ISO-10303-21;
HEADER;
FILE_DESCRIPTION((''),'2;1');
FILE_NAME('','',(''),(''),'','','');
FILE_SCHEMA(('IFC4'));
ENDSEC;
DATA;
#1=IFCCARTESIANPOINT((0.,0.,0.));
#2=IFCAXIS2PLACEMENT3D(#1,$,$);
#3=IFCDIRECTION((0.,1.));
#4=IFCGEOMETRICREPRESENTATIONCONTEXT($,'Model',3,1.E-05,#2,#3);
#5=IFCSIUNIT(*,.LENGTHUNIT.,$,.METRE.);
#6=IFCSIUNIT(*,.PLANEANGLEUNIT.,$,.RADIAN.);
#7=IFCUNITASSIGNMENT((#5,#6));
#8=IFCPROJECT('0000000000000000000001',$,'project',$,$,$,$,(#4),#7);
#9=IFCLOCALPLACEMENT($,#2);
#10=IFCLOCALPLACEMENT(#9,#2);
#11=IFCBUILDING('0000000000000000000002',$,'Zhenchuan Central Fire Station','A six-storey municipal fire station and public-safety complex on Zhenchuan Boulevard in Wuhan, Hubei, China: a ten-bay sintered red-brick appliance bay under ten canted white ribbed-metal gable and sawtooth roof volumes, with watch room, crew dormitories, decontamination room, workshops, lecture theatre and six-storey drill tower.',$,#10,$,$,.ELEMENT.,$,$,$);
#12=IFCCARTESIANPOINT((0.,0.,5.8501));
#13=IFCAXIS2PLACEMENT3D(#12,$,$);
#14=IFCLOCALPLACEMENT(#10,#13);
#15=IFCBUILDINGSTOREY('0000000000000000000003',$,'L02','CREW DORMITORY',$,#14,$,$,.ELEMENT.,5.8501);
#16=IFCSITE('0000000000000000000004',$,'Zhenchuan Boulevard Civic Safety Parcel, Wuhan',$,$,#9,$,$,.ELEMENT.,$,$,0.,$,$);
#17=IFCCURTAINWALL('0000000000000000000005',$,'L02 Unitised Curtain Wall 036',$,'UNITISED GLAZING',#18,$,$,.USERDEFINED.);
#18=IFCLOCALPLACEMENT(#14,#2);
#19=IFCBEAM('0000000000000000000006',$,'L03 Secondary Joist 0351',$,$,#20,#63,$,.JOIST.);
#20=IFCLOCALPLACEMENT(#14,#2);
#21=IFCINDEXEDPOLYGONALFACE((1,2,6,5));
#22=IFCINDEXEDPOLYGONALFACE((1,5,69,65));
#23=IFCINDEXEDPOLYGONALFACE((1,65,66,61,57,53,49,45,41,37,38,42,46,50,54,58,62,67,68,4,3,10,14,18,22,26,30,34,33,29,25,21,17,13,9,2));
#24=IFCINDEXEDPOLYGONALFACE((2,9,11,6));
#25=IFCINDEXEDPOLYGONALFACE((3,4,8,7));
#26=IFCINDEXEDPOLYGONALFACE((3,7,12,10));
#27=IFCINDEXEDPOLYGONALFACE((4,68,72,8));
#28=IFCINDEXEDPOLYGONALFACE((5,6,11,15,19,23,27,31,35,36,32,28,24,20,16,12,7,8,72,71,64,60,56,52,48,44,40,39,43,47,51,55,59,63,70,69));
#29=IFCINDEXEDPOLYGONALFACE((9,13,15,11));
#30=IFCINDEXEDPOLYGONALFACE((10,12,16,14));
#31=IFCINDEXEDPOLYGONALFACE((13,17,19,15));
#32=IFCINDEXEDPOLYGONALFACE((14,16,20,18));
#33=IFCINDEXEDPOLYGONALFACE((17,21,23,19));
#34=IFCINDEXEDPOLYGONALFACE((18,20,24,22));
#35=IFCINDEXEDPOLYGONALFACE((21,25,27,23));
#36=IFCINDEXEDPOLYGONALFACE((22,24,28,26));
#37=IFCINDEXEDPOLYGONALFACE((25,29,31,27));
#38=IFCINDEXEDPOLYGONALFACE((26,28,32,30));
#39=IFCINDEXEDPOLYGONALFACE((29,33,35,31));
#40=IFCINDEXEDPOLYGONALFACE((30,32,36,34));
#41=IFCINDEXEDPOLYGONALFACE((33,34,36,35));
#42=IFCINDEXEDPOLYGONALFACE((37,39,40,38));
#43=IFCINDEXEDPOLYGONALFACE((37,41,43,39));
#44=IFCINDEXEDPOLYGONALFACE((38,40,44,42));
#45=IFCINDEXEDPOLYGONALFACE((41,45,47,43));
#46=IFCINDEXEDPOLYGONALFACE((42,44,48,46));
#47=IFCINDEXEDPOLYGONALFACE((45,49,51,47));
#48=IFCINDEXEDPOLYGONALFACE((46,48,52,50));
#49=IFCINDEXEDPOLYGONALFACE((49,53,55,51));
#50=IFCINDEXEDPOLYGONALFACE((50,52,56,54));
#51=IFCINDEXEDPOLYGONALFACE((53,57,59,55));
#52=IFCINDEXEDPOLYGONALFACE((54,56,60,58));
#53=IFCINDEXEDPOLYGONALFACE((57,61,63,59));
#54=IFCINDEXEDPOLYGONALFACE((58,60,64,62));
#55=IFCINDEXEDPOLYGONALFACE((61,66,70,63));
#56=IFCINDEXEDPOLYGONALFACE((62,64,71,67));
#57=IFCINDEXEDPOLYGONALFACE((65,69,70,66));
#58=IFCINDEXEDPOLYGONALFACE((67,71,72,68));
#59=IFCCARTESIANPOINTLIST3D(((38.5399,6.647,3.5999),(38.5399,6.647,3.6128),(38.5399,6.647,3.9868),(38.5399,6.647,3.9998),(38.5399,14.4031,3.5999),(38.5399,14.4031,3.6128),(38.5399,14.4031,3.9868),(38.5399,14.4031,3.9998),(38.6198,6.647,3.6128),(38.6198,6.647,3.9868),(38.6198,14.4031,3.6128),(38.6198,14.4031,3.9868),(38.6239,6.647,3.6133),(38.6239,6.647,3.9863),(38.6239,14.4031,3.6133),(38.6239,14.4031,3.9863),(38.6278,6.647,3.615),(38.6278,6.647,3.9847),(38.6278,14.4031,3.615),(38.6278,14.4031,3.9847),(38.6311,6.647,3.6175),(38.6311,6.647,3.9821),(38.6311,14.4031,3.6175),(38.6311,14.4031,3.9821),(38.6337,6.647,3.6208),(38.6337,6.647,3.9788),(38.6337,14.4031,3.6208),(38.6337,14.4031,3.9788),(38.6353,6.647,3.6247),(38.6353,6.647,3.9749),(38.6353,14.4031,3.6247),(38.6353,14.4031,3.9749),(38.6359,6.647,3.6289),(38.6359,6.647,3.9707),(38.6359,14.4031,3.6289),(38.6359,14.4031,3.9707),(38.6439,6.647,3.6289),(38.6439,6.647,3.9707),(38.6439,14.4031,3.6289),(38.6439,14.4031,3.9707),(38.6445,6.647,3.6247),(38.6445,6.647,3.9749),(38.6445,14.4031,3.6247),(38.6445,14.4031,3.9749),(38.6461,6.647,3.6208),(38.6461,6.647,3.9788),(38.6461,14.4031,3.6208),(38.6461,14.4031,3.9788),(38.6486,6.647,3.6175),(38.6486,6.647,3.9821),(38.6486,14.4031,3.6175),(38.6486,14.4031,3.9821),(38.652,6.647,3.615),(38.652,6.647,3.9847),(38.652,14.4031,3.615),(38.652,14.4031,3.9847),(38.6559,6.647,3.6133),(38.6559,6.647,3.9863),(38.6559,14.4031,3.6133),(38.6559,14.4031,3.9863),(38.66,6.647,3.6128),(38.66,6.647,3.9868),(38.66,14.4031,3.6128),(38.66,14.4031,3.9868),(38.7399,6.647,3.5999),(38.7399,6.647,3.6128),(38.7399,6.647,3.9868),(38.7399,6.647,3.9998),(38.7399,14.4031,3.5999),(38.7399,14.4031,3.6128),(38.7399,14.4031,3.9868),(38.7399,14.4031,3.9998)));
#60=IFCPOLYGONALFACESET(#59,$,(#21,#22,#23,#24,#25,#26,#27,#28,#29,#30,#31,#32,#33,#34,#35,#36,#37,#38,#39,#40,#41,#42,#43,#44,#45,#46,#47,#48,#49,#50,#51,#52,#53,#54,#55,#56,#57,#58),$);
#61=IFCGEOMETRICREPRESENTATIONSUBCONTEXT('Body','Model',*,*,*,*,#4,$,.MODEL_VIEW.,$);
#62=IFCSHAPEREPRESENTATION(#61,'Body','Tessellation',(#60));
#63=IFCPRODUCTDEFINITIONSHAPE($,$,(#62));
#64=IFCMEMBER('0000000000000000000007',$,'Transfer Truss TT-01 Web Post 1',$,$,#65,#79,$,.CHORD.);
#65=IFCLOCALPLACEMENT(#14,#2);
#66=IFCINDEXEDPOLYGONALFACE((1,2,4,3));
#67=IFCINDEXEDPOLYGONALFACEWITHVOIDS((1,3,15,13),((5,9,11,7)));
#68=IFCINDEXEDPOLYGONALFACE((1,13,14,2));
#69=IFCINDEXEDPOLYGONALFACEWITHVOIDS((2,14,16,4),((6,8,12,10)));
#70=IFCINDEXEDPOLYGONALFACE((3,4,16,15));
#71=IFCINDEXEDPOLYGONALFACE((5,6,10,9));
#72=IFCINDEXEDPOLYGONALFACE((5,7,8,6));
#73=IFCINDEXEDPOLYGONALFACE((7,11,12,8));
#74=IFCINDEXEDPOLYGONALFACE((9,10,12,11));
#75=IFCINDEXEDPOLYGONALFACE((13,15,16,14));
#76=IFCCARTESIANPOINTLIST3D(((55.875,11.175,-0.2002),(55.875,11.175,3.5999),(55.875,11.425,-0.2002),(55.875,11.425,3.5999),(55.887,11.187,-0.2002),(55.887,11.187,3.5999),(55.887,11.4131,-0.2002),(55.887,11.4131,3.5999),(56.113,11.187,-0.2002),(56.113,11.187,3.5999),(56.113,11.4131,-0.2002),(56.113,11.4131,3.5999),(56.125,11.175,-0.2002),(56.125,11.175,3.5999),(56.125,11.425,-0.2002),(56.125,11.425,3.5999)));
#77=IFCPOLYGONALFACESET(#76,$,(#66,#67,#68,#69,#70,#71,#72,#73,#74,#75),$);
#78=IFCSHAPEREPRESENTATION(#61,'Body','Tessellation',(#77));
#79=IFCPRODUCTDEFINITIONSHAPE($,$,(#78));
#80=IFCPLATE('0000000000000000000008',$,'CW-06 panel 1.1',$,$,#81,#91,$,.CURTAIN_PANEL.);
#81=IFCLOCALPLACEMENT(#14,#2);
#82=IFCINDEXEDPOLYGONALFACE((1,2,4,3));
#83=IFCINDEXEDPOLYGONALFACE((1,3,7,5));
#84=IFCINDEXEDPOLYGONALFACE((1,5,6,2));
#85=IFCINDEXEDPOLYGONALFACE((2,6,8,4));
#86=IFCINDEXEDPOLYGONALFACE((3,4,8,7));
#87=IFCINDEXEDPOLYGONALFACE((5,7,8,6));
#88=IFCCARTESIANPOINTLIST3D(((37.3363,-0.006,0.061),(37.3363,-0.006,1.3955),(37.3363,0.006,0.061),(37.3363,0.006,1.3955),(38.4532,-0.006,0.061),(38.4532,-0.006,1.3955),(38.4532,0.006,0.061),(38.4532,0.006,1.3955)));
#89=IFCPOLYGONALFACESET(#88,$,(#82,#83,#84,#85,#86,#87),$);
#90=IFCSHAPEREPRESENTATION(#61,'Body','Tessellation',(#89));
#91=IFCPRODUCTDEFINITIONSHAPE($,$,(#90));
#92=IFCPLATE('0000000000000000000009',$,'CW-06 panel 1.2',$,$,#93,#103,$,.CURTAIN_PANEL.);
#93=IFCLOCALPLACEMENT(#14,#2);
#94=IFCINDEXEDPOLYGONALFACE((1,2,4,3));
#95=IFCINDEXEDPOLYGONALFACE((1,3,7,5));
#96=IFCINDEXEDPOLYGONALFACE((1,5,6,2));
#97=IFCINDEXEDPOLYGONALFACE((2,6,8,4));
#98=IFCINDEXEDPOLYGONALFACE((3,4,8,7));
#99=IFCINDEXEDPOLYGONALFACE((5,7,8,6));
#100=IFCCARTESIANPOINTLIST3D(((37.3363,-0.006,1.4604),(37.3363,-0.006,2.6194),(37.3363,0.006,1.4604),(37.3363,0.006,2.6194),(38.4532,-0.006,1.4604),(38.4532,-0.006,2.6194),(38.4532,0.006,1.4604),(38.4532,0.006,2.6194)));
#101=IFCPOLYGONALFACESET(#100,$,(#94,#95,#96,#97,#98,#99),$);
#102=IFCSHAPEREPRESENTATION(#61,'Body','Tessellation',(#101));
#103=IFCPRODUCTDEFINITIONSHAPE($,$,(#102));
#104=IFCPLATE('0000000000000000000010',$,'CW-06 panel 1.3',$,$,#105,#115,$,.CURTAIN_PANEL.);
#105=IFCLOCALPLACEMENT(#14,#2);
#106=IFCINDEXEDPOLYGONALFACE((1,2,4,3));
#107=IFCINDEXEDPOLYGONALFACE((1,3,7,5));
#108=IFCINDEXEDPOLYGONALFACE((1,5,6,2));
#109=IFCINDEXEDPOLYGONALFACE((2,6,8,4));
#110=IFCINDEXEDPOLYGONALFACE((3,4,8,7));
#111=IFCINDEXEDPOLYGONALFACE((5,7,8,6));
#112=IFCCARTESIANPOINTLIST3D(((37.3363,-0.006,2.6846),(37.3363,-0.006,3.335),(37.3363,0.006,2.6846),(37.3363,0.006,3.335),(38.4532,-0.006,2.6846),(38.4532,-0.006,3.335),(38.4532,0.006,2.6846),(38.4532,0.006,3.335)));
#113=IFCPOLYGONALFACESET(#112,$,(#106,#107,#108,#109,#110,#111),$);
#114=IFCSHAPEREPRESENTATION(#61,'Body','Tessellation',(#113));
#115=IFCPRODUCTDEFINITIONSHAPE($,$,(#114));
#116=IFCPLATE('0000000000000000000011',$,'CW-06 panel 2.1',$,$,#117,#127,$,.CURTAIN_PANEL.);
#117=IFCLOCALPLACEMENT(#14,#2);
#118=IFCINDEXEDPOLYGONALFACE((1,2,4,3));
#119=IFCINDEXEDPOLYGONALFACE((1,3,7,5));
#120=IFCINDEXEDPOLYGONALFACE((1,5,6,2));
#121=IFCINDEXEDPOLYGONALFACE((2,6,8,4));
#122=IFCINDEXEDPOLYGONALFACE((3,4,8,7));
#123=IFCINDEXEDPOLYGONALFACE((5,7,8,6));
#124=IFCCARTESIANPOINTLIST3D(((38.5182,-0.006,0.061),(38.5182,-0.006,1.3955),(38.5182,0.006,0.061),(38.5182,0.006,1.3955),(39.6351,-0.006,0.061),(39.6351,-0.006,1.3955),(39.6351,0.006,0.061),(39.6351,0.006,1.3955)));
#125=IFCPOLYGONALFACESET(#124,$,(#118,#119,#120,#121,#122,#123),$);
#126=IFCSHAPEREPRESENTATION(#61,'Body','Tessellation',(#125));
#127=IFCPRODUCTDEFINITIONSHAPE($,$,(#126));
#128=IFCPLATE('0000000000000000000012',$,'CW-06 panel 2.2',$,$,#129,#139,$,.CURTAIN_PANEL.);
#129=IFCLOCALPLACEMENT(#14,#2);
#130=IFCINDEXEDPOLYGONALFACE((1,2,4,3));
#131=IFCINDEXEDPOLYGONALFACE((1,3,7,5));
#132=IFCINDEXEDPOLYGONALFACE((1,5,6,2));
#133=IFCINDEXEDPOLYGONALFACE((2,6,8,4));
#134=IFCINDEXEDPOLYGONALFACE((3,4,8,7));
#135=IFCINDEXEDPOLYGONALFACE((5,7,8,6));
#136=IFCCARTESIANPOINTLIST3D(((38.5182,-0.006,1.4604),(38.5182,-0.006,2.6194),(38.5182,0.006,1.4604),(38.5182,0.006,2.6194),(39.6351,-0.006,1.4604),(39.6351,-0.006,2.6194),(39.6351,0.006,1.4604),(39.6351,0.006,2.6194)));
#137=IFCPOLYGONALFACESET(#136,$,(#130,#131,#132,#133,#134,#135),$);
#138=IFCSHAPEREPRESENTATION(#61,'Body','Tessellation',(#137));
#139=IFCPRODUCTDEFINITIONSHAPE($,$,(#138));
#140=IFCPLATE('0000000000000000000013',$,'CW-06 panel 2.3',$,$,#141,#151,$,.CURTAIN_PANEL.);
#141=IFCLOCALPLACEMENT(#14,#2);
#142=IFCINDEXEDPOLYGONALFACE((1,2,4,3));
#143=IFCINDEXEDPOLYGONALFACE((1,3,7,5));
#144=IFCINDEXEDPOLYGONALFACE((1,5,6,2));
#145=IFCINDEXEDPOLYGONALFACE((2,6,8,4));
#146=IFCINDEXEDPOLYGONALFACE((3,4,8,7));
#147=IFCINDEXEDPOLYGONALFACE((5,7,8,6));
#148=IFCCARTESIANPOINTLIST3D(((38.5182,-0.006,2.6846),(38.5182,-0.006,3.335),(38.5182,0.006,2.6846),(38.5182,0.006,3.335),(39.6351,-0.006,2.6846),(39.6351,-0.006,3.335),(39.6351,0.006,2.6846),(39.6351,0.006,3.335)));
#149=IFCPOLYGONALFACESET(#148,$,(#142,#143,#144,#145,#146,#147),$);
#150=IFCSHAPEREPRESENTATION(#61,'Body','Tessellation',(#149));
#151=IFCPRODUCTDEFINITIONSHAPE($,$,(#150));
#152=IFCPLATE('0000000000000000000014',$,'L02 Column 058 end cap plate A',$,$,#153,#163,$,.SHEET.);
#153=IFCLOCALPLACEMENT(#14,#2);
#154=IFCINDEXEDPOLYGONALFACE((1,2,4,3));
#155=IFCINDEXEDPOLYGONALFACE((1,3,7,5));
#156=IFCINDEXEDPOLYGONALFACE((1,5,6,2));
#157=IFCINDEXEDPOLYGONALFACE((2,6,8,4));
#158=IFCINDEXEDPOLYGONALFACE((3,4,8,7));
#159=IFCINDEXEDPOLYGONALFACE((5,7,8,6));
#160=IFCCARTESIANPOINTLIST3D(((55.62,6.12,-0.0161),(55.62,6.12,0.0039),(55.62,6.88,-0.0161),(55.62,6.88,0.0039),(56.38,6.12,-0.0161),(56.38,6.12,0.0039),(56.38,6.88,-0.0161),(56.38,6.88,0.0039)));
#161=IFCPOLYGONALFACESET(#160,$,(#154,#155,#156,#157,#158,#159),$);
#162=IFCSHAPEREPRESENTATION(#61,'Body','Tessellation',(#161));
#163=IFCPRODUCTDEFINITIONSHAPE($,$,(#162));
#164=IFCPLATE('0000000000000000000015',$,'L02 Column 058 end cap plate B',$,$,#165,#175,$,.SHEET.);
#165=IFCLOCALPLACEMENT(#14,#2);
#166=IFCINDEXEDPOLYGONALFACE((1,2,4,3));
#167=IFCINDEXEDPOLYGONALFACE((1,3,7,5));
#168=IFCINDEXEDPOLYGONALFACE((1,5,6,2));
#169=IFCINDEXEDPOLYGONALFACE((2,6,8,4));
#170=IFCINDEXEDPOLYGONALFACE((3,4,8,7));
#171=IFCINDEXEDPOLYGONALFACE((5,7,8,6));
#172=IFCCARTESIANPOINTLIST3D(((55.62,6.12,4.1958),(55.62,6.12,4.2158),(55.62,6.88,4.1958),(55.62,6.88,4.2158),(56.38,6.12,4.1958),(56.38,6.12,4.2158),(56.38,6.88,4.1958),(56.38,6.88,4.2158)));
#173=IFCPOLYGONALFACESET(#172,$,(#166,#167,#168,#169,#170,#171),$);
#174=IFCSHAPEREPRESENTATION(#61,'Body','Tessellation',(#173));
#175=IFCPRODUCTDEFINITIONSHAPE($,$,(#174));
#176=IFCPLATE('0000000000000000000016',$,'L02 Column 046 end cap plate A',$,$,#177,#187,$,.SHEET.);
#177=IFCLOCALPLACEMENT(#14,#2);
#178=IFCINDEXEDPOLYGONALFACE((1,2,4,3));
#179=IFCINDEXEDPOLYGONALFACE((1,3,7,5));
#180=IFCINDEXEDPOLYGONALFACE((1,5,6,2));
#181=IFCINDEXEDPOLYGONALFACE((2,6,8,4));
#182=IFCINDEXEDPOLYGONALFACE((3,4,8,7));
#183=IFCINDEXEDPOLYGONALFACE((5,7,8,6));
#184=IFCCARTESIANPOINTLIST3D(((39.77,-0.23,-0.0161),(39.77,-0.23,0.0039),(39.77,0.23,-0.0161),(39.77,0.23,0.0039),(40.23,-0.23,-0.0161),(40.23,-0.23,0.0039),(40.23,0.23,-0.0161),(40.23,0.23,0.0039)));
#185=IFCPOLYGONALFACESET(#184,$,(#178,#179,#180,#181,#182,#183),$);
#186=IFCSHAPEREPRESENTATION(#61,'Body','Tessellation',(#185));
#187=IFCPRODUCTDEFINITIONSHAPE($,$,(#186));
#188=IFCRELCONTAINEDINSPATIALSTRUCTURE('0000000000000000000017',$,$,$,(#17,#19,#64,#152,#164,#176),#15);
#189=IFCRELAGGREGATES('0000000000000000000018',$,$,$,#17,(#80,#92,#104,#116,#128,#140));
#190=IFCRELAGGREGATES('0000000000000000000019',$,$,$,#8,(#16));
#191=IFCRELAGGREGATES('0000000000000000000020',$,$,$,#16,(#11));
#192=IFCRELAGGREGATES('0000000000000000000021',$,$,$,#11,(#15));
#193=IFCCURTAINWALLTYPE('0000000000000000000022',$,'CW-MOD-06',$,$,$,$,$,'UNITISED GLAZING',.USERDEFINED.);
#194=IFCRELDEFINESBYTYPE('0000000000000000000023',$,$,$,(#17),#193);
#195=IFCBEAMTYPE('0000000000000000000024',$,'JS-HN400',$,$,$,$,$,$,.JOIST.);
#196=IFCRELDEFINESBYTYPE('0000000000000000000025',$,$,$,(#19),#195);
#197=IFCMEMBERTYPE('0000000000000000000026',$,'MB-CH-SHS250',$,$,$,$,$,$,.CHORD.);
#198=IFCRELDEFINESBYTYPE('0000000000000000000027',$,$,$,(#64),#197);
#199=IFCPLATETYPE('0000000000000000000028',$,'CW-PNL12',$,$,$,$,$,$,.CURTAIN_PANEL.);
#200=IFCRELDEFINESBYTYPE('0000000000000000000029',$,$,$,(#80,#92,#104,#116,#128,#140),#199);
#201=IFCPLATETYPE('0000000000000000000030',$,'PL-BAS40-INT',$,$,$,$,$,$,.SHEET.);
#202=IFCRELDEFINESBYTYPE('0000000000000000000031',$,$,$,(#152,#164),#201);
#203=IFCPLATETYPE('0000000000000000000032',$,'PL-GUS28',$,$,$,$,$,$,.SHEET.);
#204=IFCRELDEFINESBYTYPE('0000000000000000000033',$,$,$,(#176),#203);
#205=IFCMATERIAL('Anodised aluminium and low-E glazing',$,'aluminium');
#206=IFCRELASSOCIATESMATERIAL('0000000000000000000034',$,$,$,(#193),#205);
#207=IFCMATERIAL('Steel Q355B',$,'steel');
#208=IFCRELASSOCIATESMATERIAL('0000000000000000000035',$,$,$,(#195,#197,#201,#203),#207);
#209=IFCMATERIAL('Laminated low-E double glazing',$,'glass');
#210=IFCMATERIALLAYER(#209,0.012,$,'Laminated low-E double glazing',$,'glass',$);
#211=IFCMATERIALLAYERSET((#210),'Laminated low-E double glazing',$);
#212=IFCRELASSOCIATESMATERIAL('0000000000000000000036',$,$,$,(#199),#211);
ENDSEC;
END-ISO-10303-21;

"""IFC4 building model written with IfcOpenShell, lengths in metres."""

from ifc_helpers import new_model, si_unit, direction, frame, origin, origin_2d, place, context, subcontext, project, spatial, rectangle, hollow_rectangle, i_section, extrude, material, layer, layer_set, material_profile, profile_set, type_object, element, aggregate, save


model = new_model("IFC4")

# Units and contexts
model_context = context("Model", 3, precision=1e-05, world=origin(), true_north=direction((0.0, 1.0)))
body_context = subcontext(model_context, "Body", "Model", "MODEL_VIEW")
ifc_project = project(units=[si_unit("LENGTHUNIT", "METRE"), si_unit("PLANEANGLEUNIT", "RADIAN")], contexts=[model_context])

# Site, building, storey
site_placement = place(None, origin())
site = spatial("IfcSite", under=ifc_project, at=site_placement, Name="Zhenchuan Boulevard Civic Safety Parcel, Wuhan", CompositionType="ELEMENT", RefElevation=0.0)
building_placement = place(site_placement, origin())
building = spatial("IfcBuilding", under=site, at=building_placement, Name="Zhenchuan Central Fire Station", Description="A six-storey municipal fire station and public-safety complex on Zhenchuan Boulevard in Wuhan, Hubei, China: a ten-bay sintered red-brick appliance bay under ten canted white ribbed-metal gable and sawtooth roof volumes, with watch room, crew dormitories, decontamination room, workshops, lecture theatre and six-storey drill tower.", CompositionType="ELEMENT")
storey_placement = place(building_placement, frame((0.0, 0.0, 5.8501)))
storey = spatial("IfcBuildingStorey", under=building, at=storey_placement, Name="L02", Description="CREW DORMITORY", CompositionType="ELEMENT", Elevation=5.8501)

# Shared definitions
ifc_material_1 = material(Name="Steel Q355B", Category="steel")

# Curtain wall
ifc_material_2 = material(Name="Anodised aluminium and low-E glazing", Category="aluminium")
curtain_wall_type = type_object("IfcCurtainWallType", Name="CW-MOD-06", ElementType="UNITISED GLAZING", PredefinedType="USERDEFINED", material=ifc_material_2)
curtain_wall_placement = place(storey_placement, origin())
curtain_wall = element("IfcCurtainWall", 1, at=curtain_wall_placement, inside=storey, type_object=curtain_wall_type, Name="L02 Unitised Curtain Wall 036", ObjectType="UNITISED GLAZING", PredefinedType="USERDEFINED")

# Beam
ifc_material_profile_1 = material_profile(ifc_material_1, i_section(OverallWidth=0.2, OverallDepth=0.3999, WebThickness=0.0081, FlangeThickness=0.0129, FilletRadius=0.0161, at=origin_2d()), Name="HN 400x200")
ifc_profile_set_1 = profile_set([ifc_material_profile_1], Name="Steel Q355B")
beam_type_1 = type_object("IfcBeamType", Name="JS-HN400", PredefinedType="JOIST", material=ifc_profile_set_1)
beam_1_placement = place(storey_placement, frame((38.6399, 6.647, 3.7998), z_axis=(0.0, 1.0, 0.0), x_axis=(-1.0, 0.0, 0.0)))
element("IfcBeam", 2, at=beam_1_placement, inside=storey, type_object=beam_type_1, Name="L03 Secondary Joist 0351", PredefinedType="JOIST", context=body_context, shape_type="SweptSolid", body=[
    extrude(i_section(OverallWidth=0.2, OverallDepth=0.3999, WebThickness=0.0081, FlangeThickness=0.0129, FilletRadius=0.0161, at=origin_2d()), origin(), (0.0, 0.0, 1.0), 7.7561),
])

# Member
ifc_material_profile_2 = material_profile(ifc_material_1, hollow_rectangle(XDim=0.25, YDim=0.25, WallThickness=0.012, at=origin_2d()), Name="SHS 250x250x12")
ifc_profile_set_2 = profile_set([ifc_material_profile_2], Name="Steel Q355B")
member_type_1 = type_object("IfcMemberType", Name="MB-CH-SHS250", PredefinedType="CHORD", material=ifc_profile_set_2)
member_1_placement = place(storey_placement, frame((56.0, 11.3, -0.2002), z_axis=(0.0, 0.0, 1.0), x_axis=(1.0, 0.0, 0.0)))
element("IfcMember", 3, at=member_1_placement, inside=storey, type_object=member_type_1, Name="Transfer Truss TT-01 Web Post 1", PredefinedType="CHORD", context=body_context, shape_type="SweptSolid", body=[
    extrude(hollow_rectangle(XDim=0.25, YDim=0.25, WallThickness=0.012, at=origin_2d()), origin(), (0.0, 0.0, 1.0), 3.8),
])

# Plates
ifc_material_3 = material(Name="Laminated low-E double glazing", Category="glass")
ifc_layer_1 = layer(ifc_material_3, 0.012, Name="Laminated low-E double glazing", Category="glass")
ifc_layer_set_1 = layer_set([ifc_layer_1], Name="Laminated low-E double glazing")
plate_type_1 = type_object("IfcPlateType", Name="CW-PNL12", PredefinedType="CURTAIN_PANEL", material=ifc_layer_set_1)
plate_1_placement = place(storey_placement, frame((37.8948, 0.0, 0.061), z_axis=(0.0, 0.0, 1.0), x_axis=(1.0, 0.0, 0.0)))
plate_1 = element("IfcPlate", 4, at=plate_1_placement, type_object=plate_type_1, Name="CW-06 panel 1.1", PredefinedType="CURTAIN_PANEL", context=body_context, shape_type="SweptSolid", body=[
    extrude(rectangle(XDim=1.1169, YDim=0.012, at=origin_2d()), origin(), (0.0, 0.0, 1.0), 1.3345),
])
plate_2_placement = place(storey_placement, frame((37.8948, 0.0, 1.4604), z_axis=(0.0, 0.0, 1.0), x_axis=(1.0, 0.0, 0.0)))
plate_2 = element("IfcPlate", 5, at=plate_2_placement, type_object=plate_type_1, Name="CW-06 panel 1.2", PredefinedType="CURTAIN_PANEL", context=body_context, shape_type="SweptSolid", body=[
    extrude(rectangle(XDim=1.1169, YDim=0.012, at=origin_2d()), origin(), (0.0, 0.0, 1.0), 1.1589),
])
plate_3_placement = place(storey_placement, frame((37.8948, 0.0, 2.6846), z_axis=(0.0, 0.0, 1.0), x_axis=(1.0, 0.0, 0.0)))
plate_3 = element("IfcPlate", 6, at=plate_3_placement, type_object=plate_type_1, Name="CW-06 panel 1.3", PredefinedType="CURTAIN_PANEL", context=body_context, shape_type="SweptSolid", body=[
    extrude(rectangle(XDim=1.1169, YDim=0.012, at=origin_2d()), origin(), (0.0, 0.0, 1.0), 0.6504),
])
plate_4_placement = place(storey_placement, frame((39.0767, 0.0, 0.061), z_axis=(0.0, 0.0, 1.0), x_axis=(1.0, 0.0, 0.0)))
plate_4 = element("IfcPlate", 7, at=plate_4_placement, type_object=plate_type_1, Name="CW-06 panel 2.1", PredefinedType="CURTAIN_PANEL", context=body_context, shape_type="SweptSolid", body=[
    extrude(rectangle(XDim=1.1169, YDim=0.012, at=origin_2d()), origin(), (0.0, 0.0, 1.0), 1.3345),
])
plate_5_placement = place(storey_placement, frame((39.0767, 0.0, 1.4604), z_axis=(0.0, 0.0, 1.0), x_axis=(1.0, 0.0, 0.0)))
plate_5 = element("IfcPlate", 8, at=plate_5_placement, type_object=plate_type_1, Name="CW-06 panel 2.2", PredefinedType="CURTAIN_PANEL", context=body_context, shape_type="SweptSolid", body=[
    extrude(rectangle(XDim=1.1169, YDim=0.012, at=origin_2d()), origin(), (0.0, 0.0, 1.0), 1.1589),
])
plate_6_placement = place(storey_placement, frame((39.0767, 0.0, 2.6846), z_axis=(0.0, 0.0, 1.0), x_axis=(1.0, 0.0, 0.0)))
plate_6 = element("IfcPlate", 9, at=plate_6_placement, type_object=plate_type_1, Name="CW-06 panel 2.3", PredefinedType="CURTAIN_PANEL", context=body_context, shape_type="SweptSolid", body=[
    extrude(rectangle(XDim=1.1169, YDim=0.012, at=origin_2d()), origin(), (0.0, 0.0, 1.0), 0.6504),
])
aggregate(curtain_wall, [plate_1, plate_2, plate_3, plate_4, plate_5, plate_6])

# Plates
ifc_material_profile_3 = material_profile(ifc_material_1, rectangle(XDim=0.76, YDim=0.76, at=origin_2d()), Name="PL 760x760x40")
ifc_profile_set_3 = profile_set([ifc_material_profile_3], Name="Steel Q355B")
plate_type_2 = type_object("IfcPlateType", Name="PL-BAS40-INT", PredefinedType="SHEET", material=ifc_profile_set_3)
for number, where, z_axis, x_axis, name in (
    (10, (56.0, 6.5, -0.0161), (0.0, 0.0, 1.0), (1.0, 0.0, 0.0), "L02 Column 058 end cap plate A"),
    (11, (56.0, 6.5, 4.1958), (0.0, 0.0, 1.0), (1.0, 0.0, 0.0), "L02 Column 058 end cap plate B"),
):
    element("IfcPlate", number, at=place(storey_placement, frame(where, z_axis=z_axis, x_axis=x_axis)), inside=storey, type_object=plate_type_2, Name=name, PredefinedType="SHEET", context=body_context, shape_type="SweptSolid", body=[
        extrude(rectangle(XDim=0.76, YDim=0.76, at=origin_2d()), origin(), (0.0, 0.0, 1.0), 0.02),
    ])
ifc_material_profile_4 = material_profile(ifc_material_1, rectangle(XDim=0.46, YDim=0.46, at=origin_2d()), Name="PL 460x460x28")
ifc_profile_set_4 = profile_set([ifc_material_profile_4], Name="Steel Q355B")
plate_type_3 = type_object("IfcPlateType", Name="PL-GUS28", PredefinedType="SHEET", material=ifc_profile_set_4)
for number, where, z_axis, x_axis, name in (
    (12, (40.0, 0.0, -0.0161), (0.0, 0.0, 1.0), (1.0, 0.0, 0.0), "L02 Column 046 end cap plate A"),
):
    element("IfcPlate", number, at=place(storey_placement, frame(where, z_axis=z_axis, x_axis=x_axis)), inside=storey, type_object=plate_type_3, Name=name, PredefinedType="SHEET", context=body_context, shape_type="SweptSolid", body=[
        extrude(rectangle(XDim=0.46, YDim=0.46, at=origin_2d()), origin(), (0.0, 0.0, 1.0), 0.02),
    ])

save(model, "model.ifc")
